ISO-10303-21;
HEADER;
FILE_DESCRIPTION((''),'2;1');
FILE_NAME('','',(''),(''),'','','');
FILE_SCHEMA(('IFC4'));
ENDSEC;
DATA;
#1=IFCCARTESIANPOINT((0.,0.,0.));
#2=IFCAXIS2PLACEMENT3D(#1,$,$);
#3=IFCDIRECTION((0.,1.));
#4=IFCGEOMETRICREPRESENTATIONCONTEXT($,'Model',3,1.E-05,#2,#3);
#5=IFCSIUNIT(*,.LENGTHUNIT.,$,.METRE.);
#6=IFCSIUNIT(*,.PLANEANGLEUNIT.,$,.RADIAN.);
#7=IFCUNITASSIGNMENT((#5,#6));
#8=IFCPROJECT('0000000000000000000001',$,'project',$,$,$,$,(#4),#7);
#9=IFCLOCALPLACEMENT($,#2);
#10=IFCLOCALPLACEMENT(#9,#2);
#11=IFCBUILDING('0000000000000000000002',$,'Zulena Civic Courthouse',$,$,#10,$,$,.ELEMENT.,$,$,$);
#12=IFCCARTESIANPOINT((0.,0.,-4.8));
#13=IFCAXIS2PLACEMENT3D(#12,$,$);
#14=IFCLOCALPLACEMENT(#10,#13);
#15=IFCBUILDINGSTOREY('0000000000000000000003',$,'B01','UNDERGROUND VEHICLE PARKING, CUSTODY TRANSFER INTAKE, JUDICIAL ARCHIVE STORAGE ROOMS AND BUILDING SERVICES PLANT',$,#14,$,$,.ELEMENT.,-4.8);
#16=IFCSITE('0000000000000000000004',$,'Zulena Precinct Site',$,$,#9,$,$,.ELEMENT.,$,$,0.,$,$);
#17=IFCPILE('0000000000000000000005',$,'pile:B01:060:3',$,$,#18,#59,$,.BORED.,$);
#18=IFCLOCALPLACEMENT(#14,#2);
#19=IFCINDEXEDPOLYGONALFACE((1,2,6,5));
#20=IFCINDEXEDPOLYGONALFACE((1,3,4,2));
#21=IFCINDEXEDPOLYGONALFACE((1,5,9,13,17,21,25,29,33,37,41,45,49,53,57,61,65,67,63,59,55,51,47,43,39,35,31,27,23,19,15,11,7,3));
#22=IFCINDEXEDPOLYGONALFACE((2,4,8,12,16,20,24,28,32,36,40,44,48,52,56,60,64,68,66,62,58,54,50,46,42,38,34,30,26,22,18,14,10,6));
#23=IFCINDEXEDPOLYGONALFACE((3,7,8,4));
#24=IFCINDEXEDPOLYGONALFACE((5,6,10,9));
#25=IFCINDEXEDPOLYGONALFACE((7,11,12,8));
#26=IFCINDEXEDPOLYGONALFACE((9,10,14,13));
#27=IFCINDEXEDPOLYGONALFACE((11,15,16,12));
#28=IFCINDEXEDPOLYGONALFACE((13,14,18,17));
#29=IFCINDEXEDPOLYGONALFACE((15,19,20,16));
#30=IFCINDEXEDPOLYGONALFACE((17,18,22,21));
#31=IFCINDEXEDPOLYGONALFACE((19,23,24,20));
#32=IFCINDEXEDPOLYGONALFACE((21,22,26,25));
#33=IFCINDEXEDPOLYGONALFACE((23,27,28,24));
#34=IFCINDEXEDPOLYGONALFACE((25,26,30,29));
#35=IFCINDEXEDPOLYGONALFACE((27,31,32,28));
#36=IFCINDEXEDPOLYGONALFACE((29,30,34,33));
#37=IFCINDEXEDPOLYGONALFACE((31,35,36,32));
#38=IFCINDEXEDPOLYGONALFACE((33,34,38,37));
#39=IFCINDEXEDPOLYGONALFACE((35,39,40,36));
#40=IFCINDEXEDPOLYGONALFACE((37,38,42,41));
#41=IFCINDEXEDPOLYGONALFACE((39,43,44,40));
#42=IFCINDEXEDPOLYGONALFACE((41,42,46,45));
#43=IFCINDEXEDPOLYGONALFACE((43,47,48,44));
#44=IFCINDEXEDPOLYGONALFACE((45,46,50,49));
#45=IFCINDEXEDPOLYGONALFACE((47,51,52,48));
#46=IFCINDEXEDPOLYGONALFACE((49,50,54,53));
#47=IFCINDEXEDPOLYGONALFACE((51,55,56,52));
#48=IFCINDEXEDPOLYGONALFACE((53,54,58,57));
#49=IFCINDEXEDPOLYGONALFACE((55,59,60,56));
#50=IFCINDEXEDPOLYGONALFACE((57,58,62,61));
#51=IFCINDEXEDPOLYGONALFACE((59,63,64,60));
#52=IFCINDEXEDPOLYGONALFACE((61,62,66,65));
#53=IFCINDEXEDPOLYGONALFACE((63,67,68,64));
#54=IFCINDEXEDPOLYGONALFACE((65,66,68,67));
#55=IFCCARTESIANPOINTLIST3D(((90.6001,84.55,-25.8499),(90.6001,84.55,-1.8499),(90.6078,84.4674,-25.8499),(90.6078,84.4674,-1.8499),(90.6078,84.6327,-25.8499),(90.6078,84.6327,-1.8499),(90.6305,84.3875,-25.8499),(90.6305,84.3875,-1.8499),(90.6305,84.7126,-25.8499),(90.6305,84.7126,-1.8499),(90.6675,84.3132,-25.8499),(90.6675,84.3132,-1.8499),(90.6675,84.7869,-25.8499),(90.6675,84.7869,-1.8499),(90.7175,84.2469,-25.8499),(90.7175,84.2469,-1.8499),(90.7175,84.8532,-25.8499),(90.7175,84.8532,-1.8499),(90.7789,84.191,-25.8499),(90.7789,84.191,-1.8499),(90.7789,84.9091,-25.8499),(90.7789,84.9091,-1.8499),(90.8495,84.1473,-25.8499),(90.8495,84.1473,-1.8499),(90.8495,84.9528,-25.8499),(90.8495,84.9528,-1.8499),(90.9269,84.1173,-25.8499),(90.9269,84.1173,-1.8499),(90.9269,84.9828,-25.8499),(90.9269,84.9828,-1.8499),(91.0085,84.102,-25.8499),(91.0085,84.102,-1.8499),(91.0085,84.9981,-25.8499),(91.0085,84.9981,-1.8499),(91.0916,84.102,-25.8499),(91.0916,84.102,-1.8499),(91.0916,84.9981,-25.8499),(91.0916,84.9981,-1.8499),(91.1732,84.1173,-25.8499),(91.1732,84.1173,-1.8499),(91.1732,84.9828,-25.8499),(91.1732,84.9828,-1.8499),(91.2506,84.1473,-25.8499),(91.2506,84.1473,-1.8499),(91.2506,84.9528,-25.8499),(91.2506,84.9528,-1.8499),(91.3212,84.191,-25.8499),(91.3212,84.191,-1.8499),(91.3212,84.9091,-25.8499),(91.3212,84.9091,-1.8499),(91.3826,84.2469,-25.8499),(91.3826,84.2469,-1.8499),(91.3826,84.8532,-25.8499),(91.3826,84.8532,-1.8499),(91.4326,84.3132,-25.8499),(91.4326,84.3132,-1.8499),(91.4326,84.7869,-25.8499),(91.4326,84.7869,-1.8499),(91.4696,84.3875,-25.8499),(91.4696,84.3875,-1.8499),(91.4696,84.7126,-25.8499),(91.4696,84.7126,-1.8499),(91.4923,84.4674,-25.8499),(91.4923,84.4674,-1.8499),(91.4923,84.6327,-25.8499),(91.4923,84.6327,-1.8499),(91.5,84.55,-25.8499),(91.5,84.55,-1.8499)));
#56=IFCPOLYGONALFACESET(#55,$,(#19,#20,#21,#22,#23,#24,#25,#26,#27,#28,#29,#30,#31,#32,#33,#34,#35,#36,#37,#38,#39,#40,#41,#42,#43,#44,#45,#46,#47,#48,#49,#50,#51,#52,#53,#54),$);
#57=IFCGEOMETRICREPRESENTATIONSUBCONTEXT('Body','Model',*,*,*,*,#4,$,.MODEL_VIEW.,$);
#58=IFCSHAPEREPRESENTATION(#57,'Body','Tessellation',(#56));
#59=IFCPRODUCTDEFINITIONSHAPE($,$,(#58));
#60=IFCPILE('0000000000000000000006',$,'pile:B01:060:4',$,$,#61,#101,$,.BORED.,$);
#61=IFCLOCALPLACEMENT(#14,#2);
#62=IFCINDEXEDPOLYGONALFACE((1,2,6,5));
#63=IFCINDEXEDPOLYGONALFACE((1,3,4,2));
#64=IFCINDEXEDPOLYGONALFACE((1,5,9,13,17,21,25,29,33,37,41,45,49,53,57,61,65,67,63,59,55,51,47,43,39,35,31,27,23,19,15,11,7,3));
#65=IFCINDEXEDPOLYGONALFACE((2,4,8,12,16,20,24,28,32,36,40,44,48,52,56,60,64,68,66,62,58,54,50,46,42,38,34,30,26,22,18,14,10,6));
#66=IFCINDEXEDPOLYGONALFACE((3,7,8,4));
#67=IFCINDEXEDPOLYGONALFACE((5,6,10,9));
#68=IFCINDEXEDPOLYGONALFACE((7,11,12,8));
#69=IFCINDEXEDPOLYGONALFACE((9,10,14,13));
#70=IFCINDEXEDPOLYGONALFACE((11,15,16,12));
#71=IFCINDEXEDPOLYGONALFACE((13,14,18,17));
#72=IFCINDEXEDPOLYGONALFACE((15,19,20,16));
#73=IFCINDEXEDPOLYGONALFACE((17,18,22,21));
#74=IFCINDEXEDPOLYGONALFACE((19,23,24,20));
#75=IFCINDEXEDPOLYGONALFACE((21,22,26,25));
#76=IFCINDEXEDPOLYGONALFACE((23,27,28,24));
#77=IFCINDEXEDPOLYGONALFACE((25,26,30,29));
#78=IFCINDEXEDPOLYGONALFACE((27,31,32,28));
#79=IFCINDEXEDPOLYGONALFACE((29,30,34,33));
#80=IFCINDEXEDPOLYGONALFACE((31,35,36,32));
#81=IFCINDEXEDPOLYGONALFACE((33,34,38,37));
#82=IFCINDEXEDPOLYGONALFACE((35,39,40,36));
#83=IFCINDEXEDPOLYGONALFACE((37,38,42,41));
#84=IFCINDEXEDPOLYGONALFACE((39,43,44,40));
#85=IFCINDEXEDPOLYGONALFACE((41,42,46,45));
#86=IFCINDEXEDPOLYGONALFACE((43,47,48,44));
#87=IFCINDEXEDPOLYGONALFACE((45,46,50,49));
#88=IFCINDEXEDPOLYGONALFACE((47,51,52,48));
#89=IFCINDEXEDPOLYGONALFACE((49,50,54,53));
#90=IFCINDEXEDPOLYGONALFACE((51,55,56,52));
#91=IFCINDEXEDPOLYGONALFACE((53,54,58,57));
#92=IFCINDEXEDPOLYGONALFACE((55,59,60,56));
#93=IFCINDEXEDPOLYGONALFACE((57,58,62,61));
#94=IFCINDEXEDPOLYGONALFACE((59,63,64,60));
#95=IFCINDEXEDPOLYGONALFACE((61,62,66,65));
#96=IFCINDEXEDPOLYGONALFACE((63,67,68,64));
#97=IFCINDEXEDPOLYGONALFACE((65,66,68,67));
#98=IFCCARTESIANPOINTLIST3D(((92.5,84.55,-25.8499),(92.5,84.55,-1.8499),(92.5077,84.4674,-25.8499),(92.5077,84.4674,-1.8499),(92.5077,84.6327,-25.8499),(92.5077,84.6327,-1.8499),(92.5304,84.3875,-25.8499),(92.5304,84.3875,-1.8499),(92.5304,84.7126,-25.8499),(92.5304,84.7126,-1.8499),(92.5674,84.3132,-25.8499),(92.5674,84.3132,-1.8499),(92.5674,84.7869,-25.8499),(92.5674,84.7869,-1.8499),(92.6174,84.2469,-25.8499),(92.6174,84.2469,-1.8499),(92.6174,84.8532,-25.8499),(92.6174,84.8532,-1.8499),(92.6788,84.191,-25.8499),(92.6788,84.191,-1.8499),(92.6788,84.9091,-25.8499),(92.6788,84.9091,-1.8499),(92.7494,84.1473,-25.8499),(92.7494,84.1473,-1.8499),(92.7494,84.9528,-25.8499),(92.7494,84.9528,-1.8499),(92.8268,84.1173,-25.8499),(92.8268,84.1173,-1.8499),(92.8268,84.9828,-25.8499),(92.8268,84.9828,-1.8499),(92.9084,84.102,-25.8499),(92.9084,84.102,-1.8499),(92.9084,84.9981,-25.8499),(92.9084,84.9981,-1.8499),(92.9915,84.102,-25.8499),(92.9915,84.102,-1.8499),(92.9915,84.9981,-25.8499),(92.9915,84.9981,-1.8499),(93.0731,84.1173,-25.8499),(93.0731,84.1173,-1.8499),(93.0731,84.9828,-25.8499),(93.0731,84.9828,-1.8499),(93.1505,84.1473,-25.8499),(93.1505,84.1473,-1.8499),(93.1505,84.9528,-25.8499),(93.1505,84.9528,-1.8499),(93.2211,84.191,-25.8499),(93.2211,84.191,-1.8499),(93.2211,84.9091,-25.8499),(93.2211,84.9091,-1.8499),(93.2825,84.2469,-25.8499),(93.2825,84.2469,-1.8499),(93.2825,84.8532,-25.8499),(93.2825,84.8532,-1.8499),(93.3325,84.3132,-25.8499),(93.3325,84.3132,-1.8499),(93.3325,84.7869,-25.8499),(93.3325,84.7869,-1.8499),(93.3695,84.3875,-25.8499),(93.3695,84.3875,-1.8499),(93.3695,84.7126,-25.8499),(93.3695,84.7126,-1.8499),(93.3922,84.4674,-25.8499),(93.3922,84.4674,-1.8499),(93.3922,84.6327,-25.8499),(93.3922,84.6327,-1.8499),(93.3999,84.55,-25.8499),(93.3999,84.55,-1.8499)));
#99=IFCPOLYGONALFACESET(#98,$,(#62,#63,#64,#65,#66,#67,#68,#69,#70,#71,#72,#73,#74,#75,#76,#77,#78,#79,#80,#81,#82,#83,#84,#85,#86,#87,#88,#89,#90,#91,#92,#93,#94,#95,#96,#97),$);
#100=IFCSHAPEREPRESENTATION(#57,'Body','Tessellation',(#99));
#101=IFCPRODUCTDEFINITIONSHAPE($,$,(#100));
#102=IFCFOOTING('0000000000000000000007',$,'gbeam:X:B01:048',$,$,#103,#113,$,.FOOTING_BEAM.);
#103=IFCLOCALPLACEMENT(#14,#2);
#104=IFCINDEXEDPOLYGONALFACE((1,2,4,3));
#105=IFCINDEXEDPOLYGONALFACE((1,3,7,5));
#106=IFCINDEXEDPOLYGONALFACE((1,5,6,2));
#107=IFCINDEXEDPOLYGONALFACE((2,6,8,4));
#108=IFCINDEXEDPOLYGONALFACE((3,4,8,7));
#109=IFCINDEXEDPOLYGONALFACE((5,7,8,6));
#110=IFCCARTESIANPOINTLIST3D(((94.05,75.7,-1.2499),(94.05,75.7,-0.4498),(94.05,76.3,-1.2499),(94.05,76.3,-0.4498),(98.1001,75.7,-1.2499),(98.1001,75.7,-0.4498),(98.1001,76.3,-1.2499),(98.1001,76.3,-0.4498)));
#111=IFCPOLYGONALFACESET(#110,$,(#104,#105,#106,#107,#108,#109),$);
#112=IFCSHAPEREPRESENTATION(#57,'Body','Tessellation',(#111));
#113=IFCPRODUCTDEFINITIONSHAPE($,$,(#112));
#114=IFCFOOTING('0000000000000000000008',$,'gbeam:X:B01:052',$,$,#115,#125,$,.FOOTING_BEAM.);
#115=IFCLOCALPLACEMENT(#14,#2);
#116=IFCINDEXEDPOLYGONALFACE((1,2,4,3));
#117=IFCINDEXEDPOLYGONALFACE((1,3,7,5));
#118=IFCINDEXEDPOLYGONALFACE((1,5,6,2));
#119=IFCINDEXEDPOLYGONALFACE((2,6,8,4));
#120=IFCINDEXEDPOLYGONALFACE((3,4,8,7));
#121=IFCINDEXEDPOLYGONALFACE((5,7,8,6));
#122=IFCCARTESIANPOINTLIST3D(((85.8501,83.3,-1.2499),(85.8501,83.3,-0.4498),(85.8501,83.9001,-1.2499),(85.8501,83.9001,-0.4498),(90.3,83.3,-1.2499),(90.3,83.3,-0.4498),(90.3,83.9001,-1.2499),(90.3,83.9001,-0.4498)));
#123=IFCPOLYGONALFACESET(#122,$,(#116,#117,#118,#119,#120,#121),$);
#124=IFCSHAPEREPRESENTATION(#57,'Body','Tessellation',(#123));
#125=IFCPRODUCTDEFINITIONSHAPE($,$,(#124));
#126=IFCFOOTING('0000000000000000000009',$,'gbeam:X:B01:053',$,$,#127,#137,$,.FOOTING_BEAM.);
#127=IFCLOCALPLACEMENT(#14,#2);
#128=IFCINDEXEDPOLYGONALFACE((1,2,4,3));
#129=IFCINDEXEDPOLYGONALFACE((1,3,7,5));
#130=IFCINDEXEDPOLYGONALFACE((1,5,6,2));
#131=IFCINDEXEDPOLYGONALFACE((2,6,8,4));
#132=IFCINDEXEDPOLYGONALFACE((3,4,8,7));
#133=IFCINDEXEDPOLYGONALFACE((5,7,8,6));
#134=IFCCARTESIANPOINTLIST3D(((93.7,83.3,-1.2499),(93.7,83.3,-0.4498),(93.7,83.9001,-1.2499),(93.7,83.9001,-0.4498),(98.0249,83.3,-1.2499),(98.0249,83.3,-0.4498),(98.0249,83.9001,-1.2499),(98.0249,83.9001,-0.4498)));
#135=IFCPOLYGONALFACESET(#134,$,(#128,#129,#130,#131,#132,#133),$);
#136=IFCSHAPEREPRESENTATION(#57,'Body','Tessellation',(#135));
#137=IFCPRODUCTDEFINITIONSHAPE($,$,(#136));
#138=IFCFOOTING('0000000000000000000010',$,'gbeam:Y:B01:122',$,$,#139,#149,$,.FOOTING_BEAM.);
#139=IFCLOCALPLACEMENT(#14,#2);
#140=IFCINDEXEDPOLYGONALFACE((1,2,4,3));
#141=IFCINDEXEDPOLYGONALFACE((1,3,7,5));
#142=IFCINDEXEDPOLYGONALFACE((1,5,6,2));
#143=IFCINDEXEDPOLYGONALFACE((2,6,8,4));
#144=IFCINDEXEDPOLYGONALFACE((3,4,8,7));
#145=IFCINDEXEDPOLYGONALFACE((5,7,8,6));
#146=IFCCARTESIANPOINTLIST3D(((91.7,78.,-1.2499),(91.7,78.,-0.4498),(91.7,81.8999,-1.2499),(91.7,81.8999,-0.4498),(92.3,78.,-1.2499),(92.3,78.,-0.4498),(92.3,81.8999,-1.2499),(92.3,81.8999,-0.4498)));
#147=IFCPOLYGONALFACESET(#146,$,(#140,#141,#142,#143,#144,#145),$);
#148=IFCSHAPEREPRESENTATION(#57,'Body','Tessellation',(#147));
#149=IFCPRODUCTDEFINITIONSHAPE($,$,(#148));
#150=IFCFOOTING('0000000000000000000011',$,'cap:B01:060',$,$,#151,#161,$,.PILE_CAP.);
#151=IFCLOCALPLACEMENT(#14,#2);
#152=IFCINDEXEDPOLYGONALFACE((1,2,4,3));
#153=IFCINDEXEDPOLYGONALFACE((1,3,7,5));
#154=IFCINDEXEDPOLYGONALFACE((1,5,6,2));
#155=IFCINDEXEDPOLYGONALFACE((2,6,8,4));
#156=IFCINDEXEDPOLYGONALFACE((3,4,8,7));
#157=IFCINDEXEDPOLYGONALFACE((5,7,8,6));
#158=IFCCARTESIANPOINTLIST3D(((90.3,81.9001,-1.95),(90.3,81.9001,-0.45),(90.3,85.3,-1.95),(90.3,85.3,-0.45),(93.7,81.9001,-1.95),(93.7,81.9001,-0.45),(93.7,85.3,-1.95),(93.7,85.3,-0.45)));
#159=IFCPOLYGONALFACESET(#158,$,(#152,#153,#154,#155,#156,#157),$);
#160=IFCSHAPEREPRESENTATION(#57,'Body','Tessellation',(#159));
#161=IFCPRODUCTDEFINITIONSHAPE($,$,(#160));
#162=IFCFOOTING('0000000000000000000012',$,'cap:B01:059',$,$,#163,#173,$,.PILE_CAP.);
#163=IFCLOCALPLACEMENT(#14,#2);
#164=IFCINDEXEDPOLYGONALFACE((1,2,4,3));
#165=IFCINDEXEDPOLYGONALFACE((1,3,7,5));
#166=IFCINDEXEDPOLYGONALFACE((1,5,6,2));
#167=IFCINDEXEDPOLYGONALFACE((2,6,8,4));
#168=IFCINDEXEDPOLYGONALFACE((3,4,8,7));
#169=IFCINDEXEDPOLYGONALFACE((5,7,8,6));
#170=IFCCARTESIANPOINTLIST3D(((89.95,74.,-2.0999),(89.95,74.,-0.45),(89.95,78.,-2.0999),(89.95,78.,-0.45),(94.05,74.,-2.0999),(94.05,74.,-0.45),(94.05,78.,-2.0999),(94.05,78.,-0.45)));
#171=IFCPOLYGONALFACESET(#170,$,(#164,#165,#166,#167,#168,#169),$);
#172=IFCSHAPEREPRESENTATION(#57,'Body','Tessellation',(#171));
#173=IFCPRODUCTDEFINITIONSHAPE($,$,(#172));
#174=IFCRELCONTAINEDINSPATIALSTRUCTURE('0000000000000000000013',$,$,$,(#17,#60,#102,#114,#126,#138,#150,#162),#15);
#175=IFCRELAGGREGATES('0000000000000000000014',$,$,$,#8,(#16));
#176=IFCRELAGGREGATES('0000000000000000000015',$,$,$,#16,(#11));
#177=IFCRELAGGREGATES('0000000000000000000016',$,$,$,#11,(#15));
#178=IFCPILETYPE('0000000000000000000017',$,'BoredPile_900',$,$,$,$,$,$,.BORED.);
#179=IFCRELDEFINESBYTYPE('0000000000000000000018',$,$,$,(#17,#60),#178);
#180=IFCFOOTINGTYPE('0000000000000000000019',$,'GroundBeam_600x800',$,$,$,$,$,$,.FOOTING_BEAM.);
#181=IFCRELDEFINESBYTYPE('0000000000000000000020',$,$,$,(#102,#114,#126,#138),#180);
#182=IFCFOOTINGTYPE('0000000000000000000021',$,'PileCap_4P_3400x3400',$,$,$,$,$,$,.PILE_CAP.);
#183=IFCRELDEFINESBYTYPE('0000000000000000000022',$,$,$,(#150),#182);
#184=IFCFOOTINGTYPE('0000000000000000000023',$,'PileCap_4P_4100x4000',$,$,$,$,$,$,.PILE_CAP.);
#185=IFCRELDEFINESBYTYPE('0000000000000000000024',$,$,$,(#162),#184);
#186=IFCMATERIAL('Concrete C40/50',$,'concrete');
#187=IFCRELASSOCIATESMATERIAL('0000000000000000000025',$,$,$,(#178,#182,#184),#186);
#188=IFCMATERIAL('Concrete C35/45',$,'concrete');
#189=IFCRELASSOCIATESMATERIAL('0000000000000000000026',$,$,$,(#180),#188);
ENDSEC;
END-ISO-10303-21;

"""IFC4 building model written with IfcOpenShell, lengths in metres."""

from ifc_helpers import new_model, si_unit, direction, frame, origin, origin_2d, place, context, subcontext, project, spatial, rectangle, circle, extrude, material, material_profile, profile_set, type_object, element, save


model = new_model("IFC4")

# Units and contexts
model_context = context("Model", 3, precision=1e-05, world=origin(), true_north=direction((0.0, 1.0)))
body_context = subcontext(model_context, "Body", "Model", "MODEL_VIEW")
ifc_project = project(units=[si_unit("LENGTHUNIT", "METRE"), si_unit("PLANEANGLEUNIT", "RADIAN")], contexts=[model_context])

# Site, building, storey
site_placement = place(None, origin())
site = spatial("IfcSite", under=ifc_project, at=site_placement, Name="Zulena Precinct Site", CompositionType="ELEMENT", RefElevation=0.0)
building_placement = place(site_placement, origin())
building = spatial("IfcBuilding", under=site, at=building_placement, Name="Zulena Civic Courthouse", CompositionType="ELEMENT")
storey_placement = place(building_placement, frame((0.0, 0.0, -4.8)))
storey = spatial("IfcBuildingStorey", under=building, at=storey_placement, Name="B01", Description="UNDERGROUND VEHICLE PARKING, CUSTODY TRANSFER INTAKE, JUDICIAL ARCHIVE STORAGE ROOMS AND BUILDING SERVICES PLANT", CompositionType="ELEMENT", Elevation=-4.8)

# Piles
ifc_material_1 = material(Name="Concrete C40/50", Category="concrete")
ifc_material_profile_1 = material_profile(ifc_material_1, circle(Radius=0.45, at=origin_2d()), Name="PILE900")
ifc_profile_set_1 = profile_set([ifc_material_profile_1], Name="Concrete C40/50")
pile_type_1 = type_object("IfcPileType", Name="BoredPile_900", PredefinedType="BORED", material=ifc_profile_set_1)
for number, where, z_axis, x_axis, name in (
    (1, (91.05, 84.55, -1.8499), (0.0, 0.0, -1.0), (1.0, 0.0, 0.0), "pile:B01:060:3"),
    (2, (92.95, 84.55, -1.8499), (0.0, 0.0, -1.0), (1.0, 0.0, 0.0), "pile:B01:060:4"),
):
    element("IfcPile", number, at=place(storey_placement, frame(where, z_axis=z_axis, x_axis=x_axis)), inside=storey, type_object=pile_type_1, Name=name, PredefinedType="BORED", context=body_context, shape_type="SweptSolid", body=[
        extrude(circle(Radius=0.45, at=origin_2d()), origin(), (0.0, 0.0, 1.0), 24.0),
    ])

# Footings
ifc_material_2 = material(Name="Concrete C35/45", Category="concrete")
ifc_material_profile_2 = material_profile(ifc_material_2, rectangle(XDim=0.6001, YDim=0.8, at=origin_2d()), Name="RC600X800")
ifc_profile_set_2 = profile_set([ifc_material_profile_2], Name="Concrete C35/45")
footing_type_1 = type_object("IfcFootingType", Name="GroundBeam_600x800", PredefinedType="FOOTING_BEAM", material=ifc_profile_set_2)
footing_1_placement = place(storey_placement, frame((94.05, 76.0, -0.8499), z_axis=(1.0, 0.0, 0.0), x_axis=(0.0, 1.0, 0.0)))
element("IfcFooting", 3, at=footing_1_placement, inside=storey, type_object=footing_type_1, Name="gbeam:X:B01:048", PredefinedType="FOOTING_BEAM", context=body_context, shape_type="SweptSolid", body=[
    extrude(rectangle(XDim=0.6001, YDim=0.8, at=origin_2d()), origin(), (0.0, 0.0, 1.0), 4.05),
])
footing_2_placement = place(storey_placement, frame((85.8501, 83.6001, -0.8499), z_axis=(1.0, 0.0, 0.0), x_axis=(0.0, 1.0, 0.0)))
element("IfcFooting", 4, at=footing_2_placement, inside=storey, type_object=footing_type_1, Name="gbeam:X:B01:052", PredefinedType="FOOTING_BEAM", context=body_context, shape_type="SweptSolid", body=[
    extrude(rectangle(XDim=0.6001, YDim=0.8, at=origin_2d()), origin(), (0.0, 0.0, 1.0), 4.45),
])
footing_3_placement = place(storey_placement, frame((93.7, 83.6001, -0.8499), z_axis=(1.0, 0.0, 0.0), x_axis=(0.0, 1.0, 0.0)))
element("IfcFooting", 5, at=footing_3_placement, inside=storey, type_object=footing_type_1, Name="gbeam:X:B01:053", PredefinedType="FOOTING_BEAM", context=body_context, shape_type="SweptSolid", body=[
    extrude(rectangle(XDim=0.6001, YDim=0.8, at=origin_2d()), origin(), (0.0, 0.0, 1.0), 4.325),
])
footing_4_placement = place(storey_placement, frame((92.0, 78.0, -0.8499), z_axis=(0.0, 1.0, 0.0), x_axis=(-1.0, 0.0, 0.0)))
element("IfcFooting", 6, at=footing_4_placement, inside=storey, type_object=footing_type_1, Name="gbeam:Y:B01:122", PredefinedType="FOOTING_BEAM", context=body_context, shape_type="SweptSolid", body=[
    extrude(rectangle(XDim=0.6001, YDim=0.8, at=origin_2d()), origin(), (0.0, 0.0, 1.0), 3.8999),
])
footing_type_2 = type_object("IfcFootingType", Name="PileCap_4P_3400x3400", PredefinedType="PILE_CAP", material=ifc_material_1)
footing_5_placement = place(storey_placement, frame((92.0, 83.6001, -1.95), z_axis=(0.0, 0.0, 1.0), x_axis=(1.0, 0.0, 0.0)))
element("IfcFooting", 7, at=footing_5_placement, inside=storey, type_object=footing_type_2, Name="cap:B01:060", PredefinedType="PILE_CAP", context=body_context, shape_type="SweptSolid", body=[
    extrude(rectangle(XDim=3.3999, YDim=3.3999, at=origin_2d()), origin(), (0.0, 0.0, 1.0), 1.5),
])
footing_type_3 = type_object("IfcFootingType", Name="PileCap_4P_4100x4000", PredefinedType="PILE_CAP", material=ifc_material_1)
footing_6_placement = place(storey_placement, frame((92.0, 76.0, -2.0999), z_axis=(0.0, 0.0, 1.0), x_axis=(1.0, 0.0, 0.0)))
element("IfcFooting", 8, at=footing_6_placement, inside=storey, type_object=footing_type_3, Name="cap:B01:059", PredefinedType="PILE_CAP", context=body_context, shape_type="SweptSolid", body=[
    extrude(rectangle(XDim=4.1001, YDim=4.0, at=origin_2d()), origin(), (0.0, 0.0, 1.0), 1.6499),
])

save(model, "model.ifc")
